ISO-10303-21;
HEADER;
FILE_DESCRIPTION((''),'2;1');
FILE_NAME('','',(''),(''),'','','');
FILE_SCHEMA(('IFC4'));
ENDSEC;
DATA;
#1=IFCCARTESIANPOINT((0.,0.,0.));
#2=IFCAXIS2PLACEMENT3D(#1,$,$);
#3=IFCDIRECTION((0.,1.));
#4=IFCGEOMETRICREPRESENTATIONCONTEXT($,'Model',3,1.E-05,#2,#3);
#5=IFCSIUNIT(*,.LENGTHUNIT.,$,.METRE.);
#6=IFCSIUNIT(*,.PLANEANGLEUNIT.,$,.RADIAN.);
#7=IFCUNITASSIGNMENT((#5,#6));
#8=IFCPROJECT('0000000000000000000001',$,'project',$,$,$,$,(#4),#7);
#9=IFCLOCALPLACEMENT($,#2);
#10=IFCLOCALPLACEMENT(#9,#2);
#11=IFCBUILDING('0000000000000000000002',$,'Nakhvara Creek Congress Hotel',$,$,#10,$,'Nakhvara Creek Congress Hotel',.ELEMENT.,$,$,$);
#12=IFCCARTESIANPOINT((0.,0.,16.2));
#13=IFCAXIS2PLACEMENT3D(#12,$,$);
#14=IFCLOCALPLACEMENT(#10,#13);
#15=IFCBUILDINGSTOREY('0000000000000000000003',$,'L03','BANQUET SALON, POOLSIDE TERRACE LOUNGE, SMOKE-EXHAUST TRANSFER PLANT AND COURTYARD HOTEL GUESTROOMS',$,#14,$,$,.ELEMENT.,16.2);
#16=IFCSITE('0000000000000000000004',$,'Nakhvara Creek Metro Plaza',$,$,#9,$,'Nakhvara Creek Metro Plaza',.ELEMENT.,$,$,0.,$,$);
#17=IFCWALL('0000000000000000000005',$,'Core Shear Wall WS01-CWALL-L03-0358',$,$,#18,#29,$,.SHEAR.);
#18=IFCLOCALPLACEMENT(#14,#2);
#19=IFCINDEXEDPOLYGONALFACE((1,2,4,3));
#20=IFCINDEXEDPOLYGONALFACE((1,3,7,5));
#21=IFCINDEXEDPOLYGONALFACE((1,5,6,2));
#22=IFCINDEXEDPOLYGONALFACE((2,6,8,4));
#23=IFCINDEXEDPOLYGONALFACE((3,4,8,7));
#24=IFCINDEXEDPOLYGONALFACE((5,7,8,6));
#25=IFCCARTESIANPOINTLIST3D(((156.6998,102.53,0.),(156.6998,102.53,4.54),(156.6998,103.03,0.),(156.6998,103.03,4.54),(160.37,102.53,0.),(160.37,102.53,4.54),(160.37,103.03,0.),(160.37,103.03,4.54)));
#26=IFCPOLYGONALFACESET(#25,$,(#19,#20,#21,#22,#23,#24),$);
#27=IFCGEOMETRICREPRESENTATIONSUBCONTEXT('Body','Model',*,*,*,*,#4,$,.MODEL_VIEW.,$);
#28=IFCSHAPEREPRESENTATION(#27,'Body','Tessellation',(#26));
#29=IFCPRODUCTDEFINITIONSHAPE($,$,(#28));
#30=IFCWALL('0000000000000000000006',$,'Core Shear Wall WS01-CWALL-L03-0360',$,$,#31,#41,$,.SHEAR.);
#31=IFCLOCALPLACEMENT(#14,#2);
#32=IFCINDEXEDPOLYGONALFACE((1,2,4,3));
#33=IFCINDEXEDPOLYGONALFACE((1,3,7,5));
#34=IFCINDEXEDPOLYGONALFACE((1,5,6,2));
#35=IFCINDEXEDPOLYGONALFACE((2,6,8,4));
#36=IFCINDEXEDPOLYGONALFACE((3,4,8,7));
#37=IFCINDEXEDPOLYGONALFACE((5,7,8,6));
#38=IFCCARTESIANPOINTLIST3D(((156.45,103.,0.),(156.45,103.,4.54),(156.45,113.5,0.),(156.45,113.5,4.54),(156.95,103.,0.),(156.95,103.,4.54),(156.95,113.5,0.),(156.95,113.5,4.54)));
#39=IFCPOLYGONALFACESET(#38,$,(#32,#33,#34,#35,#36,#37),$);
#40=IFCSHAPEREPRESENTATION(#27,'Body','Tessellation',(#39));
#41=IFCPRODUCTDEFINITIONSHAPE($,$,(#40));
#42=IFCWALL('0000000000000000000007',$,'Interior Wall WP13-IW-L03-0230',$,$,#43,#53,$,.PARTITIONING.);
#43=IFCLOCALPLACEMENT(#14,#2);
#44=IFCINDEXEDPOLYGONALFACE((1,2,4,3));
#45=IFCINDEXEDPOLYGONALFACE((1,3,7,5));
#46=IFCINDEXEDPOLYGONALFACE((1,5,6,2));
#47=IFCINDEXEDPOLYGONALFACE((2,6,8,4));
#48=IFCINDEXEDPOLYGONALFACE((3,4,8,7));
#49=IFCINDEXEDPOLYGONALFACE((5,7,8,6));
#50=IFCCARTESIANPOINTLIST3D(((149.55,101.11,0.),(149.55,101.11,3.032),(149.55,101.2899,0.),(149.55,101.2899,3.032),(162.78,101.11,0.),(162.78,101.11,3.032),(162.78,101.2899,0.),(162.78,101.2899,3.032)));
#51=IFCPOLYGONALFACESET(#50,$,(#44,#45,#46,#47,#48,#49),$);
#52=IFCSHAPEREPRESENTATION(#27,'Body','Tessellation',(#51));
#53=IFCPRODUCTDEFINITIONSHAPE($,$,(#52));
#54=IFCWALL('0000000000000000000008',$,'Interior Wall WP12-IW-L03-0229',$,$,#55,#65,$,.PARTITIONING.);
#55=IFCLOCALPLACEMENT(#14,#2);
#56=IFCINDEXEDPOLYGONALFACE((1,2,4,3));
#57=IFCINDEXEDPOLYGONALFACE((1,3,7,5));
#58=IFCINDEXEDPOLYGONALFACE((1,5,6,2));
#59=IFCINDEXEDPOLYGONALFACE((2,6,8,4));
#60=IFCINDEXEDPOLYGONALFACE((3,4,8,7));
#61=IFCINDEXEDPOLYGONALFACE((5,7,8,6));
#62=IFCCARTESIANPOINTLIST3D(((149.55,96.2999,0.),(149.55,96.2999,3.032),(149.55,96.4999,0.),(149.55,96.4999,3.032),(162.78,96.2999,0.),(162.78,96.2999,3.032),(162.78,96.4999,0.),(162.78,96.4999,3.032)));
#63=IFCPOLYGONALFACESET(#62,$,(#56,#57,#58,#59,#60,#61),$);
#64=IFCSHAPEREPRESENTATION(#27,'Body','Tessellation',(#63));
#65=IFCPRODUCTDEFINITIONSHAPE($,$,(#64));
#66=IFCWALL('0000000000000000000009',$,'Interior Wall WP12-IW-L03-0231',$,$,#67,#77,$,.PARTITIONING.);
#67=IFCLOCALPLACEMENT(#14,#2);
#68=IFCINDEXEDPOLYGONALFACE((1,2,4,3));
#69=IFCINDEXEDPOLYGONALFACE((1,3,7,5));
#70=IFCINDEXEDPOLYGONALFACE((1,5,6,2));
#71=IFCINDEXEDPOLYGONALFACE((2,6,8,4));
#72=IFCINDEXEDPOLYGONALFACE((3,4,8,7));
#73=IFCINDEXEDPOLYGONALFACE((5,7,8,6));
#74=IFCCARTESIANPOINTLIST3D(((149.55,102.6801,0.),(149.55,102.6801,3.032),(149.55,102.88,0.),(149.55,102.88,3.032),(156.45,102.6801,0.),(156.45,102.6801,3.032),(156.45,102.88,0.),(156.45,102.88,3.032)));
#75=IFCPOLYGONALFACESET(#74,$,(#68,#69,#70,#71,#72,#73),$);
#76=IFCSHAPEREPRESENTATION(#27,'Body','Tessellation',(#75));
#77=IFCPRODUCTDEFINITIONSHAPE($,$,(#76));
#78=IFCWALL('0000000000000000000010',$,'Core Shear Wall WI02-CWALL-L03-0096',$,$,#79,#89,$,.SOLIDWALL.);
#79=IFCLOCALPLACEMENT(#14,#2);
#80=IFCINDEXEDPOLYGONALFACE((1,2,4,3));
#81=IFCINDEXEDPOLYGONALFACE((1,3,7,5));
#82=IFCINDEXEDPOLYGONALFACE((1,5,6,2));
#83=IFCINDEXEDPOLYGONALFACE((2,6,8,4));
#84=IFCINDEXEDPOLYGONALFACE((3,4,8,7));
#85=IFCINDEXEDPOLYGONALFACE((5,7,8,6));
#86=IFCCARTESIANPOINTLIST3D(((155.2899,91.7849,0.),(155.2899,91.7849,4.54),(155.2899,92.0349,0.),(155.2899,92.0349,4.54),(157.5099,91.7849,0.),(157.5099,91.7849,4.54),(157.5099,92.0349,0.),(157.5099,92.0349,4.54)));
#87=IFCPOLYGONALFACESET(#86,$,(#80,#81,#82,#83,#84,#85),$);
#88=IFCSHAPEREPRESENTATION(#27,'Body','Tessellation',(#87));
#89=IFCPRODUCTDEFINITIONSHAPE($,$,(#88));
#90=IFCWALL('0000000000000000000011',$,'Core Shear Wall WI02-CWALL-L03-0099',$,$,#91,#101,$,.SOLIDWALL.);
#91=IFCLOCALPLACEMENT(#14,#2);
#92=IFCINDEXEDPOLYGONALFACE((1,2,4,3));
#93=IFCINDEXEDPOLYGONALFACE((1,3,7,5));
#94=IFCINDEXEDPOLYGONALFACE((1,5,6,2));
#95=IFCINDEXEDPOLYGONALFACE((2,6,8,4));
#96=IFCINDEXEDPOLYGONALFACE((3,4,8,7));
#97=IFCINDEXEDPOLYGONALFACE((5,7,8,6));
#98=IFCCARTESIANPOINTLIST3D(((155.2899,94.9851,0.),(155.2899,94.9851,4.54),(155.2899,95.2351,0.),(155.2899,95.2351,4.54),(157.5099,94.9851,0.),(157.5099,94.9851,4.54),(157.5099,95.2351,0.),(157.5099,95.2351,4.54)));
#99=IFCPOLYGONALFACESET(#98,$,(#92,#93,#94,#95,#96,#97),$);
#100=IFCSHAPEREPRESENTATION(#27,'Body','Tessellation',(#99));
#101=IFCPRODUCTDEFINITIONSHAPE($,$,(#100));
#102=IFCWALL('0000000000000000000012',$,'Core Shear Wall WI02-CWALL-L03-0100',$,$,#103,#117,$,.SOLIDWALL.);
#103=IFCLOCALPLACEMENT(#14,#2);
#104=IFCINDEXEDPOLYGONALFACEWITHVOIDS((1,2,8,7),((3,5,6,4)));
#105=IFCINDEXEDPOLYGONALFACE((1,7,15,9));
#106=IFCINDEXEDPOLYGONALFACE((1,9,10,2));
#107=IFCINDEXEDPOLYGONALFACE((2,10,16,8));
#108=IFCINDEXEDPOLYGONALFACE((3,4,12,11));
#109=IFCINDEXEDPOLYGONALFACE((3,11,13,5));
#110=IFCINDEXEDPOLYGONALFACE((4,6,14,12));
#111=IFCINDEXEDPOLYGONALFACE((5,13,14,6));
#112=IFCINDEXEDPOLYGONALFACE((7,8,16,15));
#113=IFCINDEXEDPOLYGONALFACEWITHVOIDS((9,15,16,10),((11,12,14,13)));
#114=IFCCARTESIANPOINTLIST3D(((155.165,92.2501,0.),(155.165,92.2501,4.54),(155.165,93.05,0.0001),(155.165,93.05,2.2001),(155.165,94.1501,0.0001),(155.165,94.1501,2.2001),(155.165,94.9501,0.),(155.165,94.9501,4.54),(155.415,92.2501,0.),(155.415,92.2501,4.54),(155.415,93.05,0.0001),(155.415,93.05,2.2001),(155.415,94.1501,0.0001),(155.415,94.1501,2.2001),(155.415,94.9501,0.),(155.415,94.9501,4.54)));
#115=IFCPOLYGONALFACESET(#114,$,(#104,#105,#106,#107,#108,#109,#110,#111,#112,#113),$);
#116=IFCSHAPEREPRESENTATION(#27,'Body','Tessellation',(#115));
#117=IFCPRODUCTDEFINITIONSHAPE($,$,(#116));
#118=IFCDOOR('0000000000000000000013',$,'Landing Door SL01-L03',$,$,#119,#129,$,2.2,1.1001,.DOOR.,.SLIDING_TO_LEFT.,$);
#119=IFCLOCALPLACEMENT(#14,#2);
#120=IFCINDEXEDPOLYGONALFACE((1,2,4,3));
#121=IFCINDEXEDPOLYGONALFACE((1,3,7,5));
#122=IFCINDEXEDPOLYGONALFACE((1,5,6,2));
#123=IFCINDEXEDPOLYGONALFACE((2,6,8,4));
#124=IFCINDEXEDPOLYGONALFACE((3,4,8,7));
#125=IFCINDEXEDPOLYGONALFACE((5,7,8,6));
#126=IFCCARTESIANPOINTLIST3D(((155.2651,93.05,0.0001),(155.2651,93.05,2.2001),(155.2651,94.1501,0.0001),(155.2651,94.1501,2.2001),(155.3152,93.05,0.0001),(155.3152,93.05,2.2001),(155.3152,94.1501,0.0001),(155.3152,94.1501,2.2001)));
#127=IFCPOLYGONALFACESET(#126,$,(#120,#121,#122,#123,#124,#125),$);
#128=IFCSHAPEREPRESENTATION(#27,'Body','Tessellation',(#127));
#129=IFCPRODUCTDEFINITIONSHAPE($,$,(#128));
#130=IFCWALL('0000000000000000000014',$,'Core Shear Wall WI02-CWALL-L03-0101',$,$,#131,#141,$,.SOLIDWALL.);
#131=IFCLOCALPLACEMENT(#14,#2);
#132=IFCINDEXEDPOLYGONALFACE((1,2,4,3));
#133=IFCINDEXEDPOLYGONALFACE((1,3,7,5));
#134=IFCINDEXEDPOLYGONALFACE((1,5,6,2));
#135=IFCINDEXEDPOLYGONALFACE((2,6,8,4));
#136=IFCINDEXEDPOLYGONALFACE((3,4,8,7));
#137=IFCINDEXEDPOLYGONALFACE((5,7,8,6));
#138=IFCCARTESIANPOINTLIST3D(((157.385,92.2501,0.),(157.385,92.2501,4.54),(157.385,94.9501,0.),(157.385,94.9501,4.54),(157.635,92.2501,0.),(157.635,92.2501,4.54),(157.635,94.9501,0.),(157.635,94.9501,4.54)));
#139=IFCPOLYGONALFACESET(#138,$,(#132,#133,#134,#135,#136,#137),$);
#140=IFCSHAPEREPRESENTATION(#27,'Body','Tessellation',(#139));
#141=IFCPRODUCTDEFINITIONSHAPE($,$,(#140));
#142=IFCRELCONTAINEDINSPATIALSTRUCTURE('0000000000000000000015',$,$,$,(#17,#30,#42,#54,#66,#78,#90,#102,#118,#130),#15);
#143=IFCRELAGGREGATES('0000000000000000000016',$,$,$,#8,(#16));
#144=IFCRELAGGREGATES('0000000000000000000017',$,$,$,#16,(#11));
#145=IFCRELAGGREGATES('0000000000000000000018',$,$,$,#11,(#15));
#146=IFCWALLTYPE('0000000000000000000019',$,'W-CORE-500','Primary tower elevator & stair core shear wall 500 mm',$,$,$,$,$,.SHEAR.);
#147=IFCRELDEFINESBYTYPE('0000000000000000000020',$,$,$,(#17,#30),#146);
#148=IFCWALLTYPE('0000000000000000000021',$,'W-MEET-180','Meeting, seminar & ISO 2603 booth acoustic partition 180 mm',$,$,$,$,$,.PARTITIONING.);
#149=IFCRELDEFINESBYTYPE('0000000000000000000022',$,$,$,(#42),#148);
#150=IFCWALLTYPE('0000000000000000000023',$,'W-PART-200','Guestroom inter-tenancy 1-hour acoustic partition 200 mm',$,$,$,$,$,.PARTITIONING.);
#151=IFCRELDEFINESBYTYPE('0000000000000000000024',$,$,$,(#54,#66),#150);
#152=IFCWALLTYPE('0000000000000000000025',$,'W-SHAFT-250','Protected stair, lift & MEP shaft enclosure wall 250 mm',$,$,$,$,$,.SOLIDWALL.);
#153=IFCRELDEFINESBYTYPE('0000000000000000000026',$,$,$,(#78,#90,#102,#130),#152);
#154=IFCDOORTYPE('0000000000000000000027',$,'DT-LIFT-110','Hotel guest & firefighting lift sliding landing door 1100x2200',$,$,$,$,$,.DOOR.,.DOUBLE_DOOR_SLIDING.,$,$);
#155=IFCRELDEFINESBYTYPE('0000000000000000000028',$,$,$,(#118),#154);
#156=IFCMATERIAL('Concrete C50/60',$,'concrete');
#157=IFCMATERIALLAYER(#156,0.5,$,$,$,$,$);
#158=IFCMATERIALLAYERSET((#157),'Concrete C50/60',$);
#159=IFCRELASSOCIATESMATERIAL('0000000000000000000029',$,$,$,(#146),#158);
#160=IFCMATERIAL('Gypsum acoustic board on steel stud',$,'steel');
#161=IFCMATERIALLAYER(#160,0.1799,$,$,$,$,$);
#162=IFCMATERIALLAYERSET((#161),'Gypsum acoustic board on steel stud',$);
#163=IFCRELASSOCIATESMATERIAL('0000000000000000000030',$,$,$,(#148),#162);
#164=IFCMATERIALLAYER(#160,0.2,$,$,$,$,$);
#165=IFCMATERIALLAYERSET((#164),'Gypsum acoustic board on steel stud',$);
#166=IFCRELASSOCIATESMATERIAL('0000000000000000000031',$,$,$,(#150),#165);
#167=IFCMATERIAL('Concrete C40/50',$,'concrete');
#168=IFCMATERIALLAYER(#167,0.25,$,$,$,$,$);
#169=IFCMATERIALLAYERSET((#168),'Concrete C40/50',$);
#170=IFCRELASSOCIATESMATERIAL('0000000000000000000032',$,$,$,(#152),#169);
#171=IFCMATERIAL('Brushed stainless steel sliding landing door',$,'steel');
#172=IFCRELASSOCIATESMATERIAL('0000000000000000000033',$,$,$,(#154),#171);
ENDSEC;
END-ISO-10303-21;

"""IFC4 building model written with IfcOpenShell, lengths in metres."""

from ifc_helpers import new_model, si_unit, direction, frame, frame_2d, origin, place, context, subcontext, project, spatial, rectangle, extrude, material, layer, layer_set, type_object, element, fill, save


model = new_model("IFC4")

# Units and contexts
model_context = context("Model", 3, precision=1e-05, world=origin(), true_north=direction((0.0, 1.0)))
body_context = subcontext(model_context, "Body", "Model", "MODEL_VIEW")
ifc_project = project(units=[si_unit("LENGTHUNIT", "METRE"), si_unit("PLANEANGLEUNIT", "RADIAN")], contexts=[model_context])

# Site, building, storey
site_placement = place(None, origin())
site = spatial("IfcSite", under=ifc_project, at=site_placement, Name="Nakhvara Creek Metro Plaza", LongName="Nakhvara Creek Metro Plaza", CompositionType="ELEMENT", RefElevation=0.0)
building_placement = place(site_placement, origin())
building = spatial("IfcBuilding", under=site, at=building_placement, Name="Nakhvara Creek Congress Hotel", LongName="Nakhvara Creek Congress Hotel", CompositionType="ELEMENT")
storey_placement = place(building_placement, frame((0.0, 0.0, 16.2)))
storey = spatial("IfcBuildingStorey", under=building, at=storey_placement, Name="L03", Description="BANQUET SALON, POOLSIDE TERRACE LOUNGE, SMOKE-EXHAUST TRANSFER PLANT AND COURTYARD HOTEL GUESTROOMS", CompositionType="ELEMENT", Elevation=16.2)

# Shared definitions
ifc_material_1 = material(Name="Concrete C50/60", Category="concrete")

# Shared definitions
ifc_material_2 = material(Name="Concrete C40/50", Category="concrete")

# Walls
ifc_layer_1 = layer(ifc_material_1, 0.5)
ifc_layer_set_1 = layer_set([ifc_layer_1], Name="Concrete C50/60")
wall_type_1 = type_object("IfcWallType", Name="W-CORE-500", Description="Primary tower elevator & stair core shear wall 500 mm", PredefinedType="SHEAR", material=ifc_layer_set_1)
wall_1_placement = place(storey_placement, frame((156.7, 102.78, 0.0), z_axis=(0.0, 0.0, 1.0), x_axis=(1.0, 0.0, 0.0)))
element("IfcWall", 1, at=wall_1_placement, inside=storey, type_object=wall_type_1, Name="Core Shear Wall WS01-CWALL-L03-0358", PredefinedType="SHEAR", context=body_context, shape_type="SweptSolid", body=[
    extrude(rectangle(XDim=3.6702, YDim=0.5, at=frame_2d((1.835, 0.0))), origin(), (0.0, 0.0, 1.0), 4.54),
])
wall_2_placement = place(storey_placement, frame((156.7, 103.0, 0.0), z_axis=(0.0, 0.0, 1.0), x_axis=(0.0, 1.0, 0.0)))
element("IfcWall", 2, at=wall_2_placement, inside=storey, type_object=wall_type_1, Name="Core Shear Wall WS01-CWALL-L03-0360", PredefinedType="SHEAR", context=body_context, shape_type="SweptSolid", body=[
    extrude(rectangle(XDim=10.5, YDim=0.5, at=frame_2d((5.25, 0.0))), origin(), (0.0, 0.0, 1.0), 4.54),
])
ifc_material_3 = material(Name="Gypsum acoustic board on steel stud", Category="steel")
ifc_layer_2 = layer(ifc_material_3, 0.1799)
ifc_layer_set_2 = layer_set([ifc_layer_2], Name="Gypsum acoustic board on steel stud")
wall_type_2 = type_object("IfcWallType", Name="W-MEET-180", Description="Meeting, seminar & ISO 2603 booth acoustic partition 180 mm", PredefinedType="PARTITIONING", material=ifc_layer_set_2)
wall_3_placement = place(storey_placement, frame((149.55, 101.2, 0.0), z_axis=(0.0, 0.0, 1.0), x_axis=(1.0, 0.0, 0.0)))
element("IfcWall", 3, at=wall_3_placement, inside=storey, type_object=wall_type_2, Name="Interior Wall WP13-IW-L03-0230", PredefinedType="PARTITIONING", context=body_context, shape_type="SweptSolid", body=[
    extrude(rectangle(XDim=13.23, YDim=0.1799, at=frame_2d((6.615, 0.0))), origin(), (0.0, 0.0, 1.0), 3.032),
])
ifc_layer_3 = layer(ifc_material_3, 0.2)
ifc_layer_set_3 = layer_set([ifc_layer_3], Name="Gypsum acoustic board on steel stud")
wall_type_3 = type_object("IfcWallType", Name="W-PART-200", Description="Guestroom inter-tenancy 1-hour acoustic partition 200 mm", PredefinedType="PARTITIONING", material=ifc_layer_set_3)
wall_4_placement = place(storey_placement, frame((149.55, 96.3999, 0.0), z_axis=(0.0, 0.0, 1.0), x_axis=(1.0, 0.0, 0.0)))
element("IfcWall", 4, at=wall_4_placement, inside=storey, type_object=wall_type_3, Name="Interior Wall WP12-IW-L03-0229", PredefinedType="PARTITIONING", context=body_context, shape_type="SweptSolid", body=[
    extrude(rectangle(XDim=13.23, YDim=0.2, at=frame_2d((6.615, 0.0))), origin(), (0.0, 0.0, 1.0), 3.032),
])
wall_5_placement = place(storey_placement, frame((149.55, 102.78, 0.0), z_axis=(0.0, 0.0, 1.0), x_axis=(1.0, 0.0, 0.0)))
element("IfcWall", 5, at=wall_5_placement, inside=storey, type_object=wall_type_3, Name="Interior Wall WP12-IW-L03-0231", PredefinedType="PARTITIONING", context=body_context, shape_type="SweptSolid", body=[
    extrude(rectangle(XDim=6.8999, YDim=0.2, at=frame_2d((3.45, 0.0))), origin(), (0.0, 0.0, 1.0), 3.032),
])
ifc_layer_4 = layer(ifc_material_2, 0.25)
ifc_layer_set_4 = layer_set([ifc_layer_4], Name="Concrete C40/50")
wall_type_4 = type_object("IfcWallType", Name="W-SHAFT-250", Description="Protected stair, lift & MEP shaft enclosure wall 250 mm", PredefinedType="SOLIDWALL", material=ifc_layer_set_4)
for number, where, z_axis, x_axis, name in (
    (6, (155.29, 91.9099, 0.0), (0.0, 0.0, 1.0), (1.0, 0.0, 0.0), "Core Shear Wall WI02-CWALL-L03-0096"),
    (7, (155.29, 95.1101, 0.0), (0.0, 0.0, 1.0), (1.0, 0.0, 0.0), "Core Shear Wall WI02-CWALL-L03-0099"),
):
    element("IfcWall", number, at=place(storey_placement, frame(where, z_axis=z_axis, x_axis=x_axis)), inside=storey, type_object=wall_type_4, Name=name, PredefinedType="SOLIDWALL", context=body_context, shape_type="SweptSolid", body=[
        extrude(rectangle(XDim=2.22, YDim=0.25, at=frame_2d((1.1099, 0.0))), origin(), (0.0, 0.0, 1.0), 4.54),
    ])

# Wall, opening, door
wall_6_placement = place(storey_placement, frame((155.29, 92.25, 0.0), z_axis=(0.0, 0.0, 1.0), x_axis=(0.0, 1.0, 0.0)))
wall_6 = element("IfcWall", 8, at=wall_6_placement, inside=storey, type_object=wall_type_4, Name="Core Shear Wall WI02-CWALL-L03-0100", PredefinedType="SOLIDWALL", context=body_context, shape_type="SweptSolid", body=[
    extrude(rectangle(XDim=2.7, YDim=0.25, at=frame_2d((1.3501, 0.0))), origin(), (0.0, 0.0, 1.0), 4.54),
])
opening_placement = place(wall_6_placement, frame((0.8, 0.0, 0.0)))
opening = element("IfcOpeningElement", 9, at=opening_placement, cuts=wall_6, PredefinedType="OPENING", context=body_context, shape_type="SweptSolid", body=[
    extrude(rectangle(XDim=1.1001, YDim=2.2, at=frame_2d((0.55, 1.1001))), frame((0.0, 0.137, 0.0), z_axis=(0.0, -1.0, 0.0), x_axis=(1.0, 0.0, 0.0)), (0.0, 0.0, 1.0), 0.2739),
])
ifc_material_4 = material(Name="Brushed stainless steel sliding landing door", Category="steel")
door_type = type_object("IfcDoorType", Name="DT-LIFT-110", Description="Hotel guest & firefighting lift sliding landing door 1100x2200", OperationType="DOUBLE_DOOR_SLIDING", PredefinedType="DOOR", material=ifc_material_4)
door_placement = place(opening_placement, origin())
door = element("IfcDoor", 10, at=door_placement, inside=storey, type_object=door_type, Name="Landing Door SL01-L03", OperationType="SLIDING_TO_LEFT", OverallHeight=2.2, OverallWidth=1.1001, PredefinedType="DOOR", context=body_context, shape_type="SweptSolid", body=[
    extrude(rectangle(XDim=1.1001, YDim=2.2, at=frame_2d((0.55, 1.1001))), frame((0.0, 0.0249, 0.0), z_axis=(0.0, -1.0, 0.0), x_axis=(1.0, 0.0, 0.0)), (0.0, 0.0, 1.0), 0.05),
])
fill(opening, door)

# Wall
wall_7_placement = place(storey_placement, frame((157.51, 92.25, 0.0), z_axis=(0.0, 0.0, 1.0), x_axis=(0.0, 1.0, 0.0)))
element("IfcWall", 11, at=wall_7_placement, inside=storey, type_object=wall_type_4, Name="Core Shear Wall WI02-CWALL-L03-0101", PredefinedType="SOLIDWALL", context=body_context, shape_type="SweptSolid", body=[
    extrude(rectangle(XDim=2.7, YDim=0.25, at=frame_2d((1.3501, 0.0))), origin(), (0.0, 0.0, 1.0), 4.54),
])

save(model, "model.ifc")
